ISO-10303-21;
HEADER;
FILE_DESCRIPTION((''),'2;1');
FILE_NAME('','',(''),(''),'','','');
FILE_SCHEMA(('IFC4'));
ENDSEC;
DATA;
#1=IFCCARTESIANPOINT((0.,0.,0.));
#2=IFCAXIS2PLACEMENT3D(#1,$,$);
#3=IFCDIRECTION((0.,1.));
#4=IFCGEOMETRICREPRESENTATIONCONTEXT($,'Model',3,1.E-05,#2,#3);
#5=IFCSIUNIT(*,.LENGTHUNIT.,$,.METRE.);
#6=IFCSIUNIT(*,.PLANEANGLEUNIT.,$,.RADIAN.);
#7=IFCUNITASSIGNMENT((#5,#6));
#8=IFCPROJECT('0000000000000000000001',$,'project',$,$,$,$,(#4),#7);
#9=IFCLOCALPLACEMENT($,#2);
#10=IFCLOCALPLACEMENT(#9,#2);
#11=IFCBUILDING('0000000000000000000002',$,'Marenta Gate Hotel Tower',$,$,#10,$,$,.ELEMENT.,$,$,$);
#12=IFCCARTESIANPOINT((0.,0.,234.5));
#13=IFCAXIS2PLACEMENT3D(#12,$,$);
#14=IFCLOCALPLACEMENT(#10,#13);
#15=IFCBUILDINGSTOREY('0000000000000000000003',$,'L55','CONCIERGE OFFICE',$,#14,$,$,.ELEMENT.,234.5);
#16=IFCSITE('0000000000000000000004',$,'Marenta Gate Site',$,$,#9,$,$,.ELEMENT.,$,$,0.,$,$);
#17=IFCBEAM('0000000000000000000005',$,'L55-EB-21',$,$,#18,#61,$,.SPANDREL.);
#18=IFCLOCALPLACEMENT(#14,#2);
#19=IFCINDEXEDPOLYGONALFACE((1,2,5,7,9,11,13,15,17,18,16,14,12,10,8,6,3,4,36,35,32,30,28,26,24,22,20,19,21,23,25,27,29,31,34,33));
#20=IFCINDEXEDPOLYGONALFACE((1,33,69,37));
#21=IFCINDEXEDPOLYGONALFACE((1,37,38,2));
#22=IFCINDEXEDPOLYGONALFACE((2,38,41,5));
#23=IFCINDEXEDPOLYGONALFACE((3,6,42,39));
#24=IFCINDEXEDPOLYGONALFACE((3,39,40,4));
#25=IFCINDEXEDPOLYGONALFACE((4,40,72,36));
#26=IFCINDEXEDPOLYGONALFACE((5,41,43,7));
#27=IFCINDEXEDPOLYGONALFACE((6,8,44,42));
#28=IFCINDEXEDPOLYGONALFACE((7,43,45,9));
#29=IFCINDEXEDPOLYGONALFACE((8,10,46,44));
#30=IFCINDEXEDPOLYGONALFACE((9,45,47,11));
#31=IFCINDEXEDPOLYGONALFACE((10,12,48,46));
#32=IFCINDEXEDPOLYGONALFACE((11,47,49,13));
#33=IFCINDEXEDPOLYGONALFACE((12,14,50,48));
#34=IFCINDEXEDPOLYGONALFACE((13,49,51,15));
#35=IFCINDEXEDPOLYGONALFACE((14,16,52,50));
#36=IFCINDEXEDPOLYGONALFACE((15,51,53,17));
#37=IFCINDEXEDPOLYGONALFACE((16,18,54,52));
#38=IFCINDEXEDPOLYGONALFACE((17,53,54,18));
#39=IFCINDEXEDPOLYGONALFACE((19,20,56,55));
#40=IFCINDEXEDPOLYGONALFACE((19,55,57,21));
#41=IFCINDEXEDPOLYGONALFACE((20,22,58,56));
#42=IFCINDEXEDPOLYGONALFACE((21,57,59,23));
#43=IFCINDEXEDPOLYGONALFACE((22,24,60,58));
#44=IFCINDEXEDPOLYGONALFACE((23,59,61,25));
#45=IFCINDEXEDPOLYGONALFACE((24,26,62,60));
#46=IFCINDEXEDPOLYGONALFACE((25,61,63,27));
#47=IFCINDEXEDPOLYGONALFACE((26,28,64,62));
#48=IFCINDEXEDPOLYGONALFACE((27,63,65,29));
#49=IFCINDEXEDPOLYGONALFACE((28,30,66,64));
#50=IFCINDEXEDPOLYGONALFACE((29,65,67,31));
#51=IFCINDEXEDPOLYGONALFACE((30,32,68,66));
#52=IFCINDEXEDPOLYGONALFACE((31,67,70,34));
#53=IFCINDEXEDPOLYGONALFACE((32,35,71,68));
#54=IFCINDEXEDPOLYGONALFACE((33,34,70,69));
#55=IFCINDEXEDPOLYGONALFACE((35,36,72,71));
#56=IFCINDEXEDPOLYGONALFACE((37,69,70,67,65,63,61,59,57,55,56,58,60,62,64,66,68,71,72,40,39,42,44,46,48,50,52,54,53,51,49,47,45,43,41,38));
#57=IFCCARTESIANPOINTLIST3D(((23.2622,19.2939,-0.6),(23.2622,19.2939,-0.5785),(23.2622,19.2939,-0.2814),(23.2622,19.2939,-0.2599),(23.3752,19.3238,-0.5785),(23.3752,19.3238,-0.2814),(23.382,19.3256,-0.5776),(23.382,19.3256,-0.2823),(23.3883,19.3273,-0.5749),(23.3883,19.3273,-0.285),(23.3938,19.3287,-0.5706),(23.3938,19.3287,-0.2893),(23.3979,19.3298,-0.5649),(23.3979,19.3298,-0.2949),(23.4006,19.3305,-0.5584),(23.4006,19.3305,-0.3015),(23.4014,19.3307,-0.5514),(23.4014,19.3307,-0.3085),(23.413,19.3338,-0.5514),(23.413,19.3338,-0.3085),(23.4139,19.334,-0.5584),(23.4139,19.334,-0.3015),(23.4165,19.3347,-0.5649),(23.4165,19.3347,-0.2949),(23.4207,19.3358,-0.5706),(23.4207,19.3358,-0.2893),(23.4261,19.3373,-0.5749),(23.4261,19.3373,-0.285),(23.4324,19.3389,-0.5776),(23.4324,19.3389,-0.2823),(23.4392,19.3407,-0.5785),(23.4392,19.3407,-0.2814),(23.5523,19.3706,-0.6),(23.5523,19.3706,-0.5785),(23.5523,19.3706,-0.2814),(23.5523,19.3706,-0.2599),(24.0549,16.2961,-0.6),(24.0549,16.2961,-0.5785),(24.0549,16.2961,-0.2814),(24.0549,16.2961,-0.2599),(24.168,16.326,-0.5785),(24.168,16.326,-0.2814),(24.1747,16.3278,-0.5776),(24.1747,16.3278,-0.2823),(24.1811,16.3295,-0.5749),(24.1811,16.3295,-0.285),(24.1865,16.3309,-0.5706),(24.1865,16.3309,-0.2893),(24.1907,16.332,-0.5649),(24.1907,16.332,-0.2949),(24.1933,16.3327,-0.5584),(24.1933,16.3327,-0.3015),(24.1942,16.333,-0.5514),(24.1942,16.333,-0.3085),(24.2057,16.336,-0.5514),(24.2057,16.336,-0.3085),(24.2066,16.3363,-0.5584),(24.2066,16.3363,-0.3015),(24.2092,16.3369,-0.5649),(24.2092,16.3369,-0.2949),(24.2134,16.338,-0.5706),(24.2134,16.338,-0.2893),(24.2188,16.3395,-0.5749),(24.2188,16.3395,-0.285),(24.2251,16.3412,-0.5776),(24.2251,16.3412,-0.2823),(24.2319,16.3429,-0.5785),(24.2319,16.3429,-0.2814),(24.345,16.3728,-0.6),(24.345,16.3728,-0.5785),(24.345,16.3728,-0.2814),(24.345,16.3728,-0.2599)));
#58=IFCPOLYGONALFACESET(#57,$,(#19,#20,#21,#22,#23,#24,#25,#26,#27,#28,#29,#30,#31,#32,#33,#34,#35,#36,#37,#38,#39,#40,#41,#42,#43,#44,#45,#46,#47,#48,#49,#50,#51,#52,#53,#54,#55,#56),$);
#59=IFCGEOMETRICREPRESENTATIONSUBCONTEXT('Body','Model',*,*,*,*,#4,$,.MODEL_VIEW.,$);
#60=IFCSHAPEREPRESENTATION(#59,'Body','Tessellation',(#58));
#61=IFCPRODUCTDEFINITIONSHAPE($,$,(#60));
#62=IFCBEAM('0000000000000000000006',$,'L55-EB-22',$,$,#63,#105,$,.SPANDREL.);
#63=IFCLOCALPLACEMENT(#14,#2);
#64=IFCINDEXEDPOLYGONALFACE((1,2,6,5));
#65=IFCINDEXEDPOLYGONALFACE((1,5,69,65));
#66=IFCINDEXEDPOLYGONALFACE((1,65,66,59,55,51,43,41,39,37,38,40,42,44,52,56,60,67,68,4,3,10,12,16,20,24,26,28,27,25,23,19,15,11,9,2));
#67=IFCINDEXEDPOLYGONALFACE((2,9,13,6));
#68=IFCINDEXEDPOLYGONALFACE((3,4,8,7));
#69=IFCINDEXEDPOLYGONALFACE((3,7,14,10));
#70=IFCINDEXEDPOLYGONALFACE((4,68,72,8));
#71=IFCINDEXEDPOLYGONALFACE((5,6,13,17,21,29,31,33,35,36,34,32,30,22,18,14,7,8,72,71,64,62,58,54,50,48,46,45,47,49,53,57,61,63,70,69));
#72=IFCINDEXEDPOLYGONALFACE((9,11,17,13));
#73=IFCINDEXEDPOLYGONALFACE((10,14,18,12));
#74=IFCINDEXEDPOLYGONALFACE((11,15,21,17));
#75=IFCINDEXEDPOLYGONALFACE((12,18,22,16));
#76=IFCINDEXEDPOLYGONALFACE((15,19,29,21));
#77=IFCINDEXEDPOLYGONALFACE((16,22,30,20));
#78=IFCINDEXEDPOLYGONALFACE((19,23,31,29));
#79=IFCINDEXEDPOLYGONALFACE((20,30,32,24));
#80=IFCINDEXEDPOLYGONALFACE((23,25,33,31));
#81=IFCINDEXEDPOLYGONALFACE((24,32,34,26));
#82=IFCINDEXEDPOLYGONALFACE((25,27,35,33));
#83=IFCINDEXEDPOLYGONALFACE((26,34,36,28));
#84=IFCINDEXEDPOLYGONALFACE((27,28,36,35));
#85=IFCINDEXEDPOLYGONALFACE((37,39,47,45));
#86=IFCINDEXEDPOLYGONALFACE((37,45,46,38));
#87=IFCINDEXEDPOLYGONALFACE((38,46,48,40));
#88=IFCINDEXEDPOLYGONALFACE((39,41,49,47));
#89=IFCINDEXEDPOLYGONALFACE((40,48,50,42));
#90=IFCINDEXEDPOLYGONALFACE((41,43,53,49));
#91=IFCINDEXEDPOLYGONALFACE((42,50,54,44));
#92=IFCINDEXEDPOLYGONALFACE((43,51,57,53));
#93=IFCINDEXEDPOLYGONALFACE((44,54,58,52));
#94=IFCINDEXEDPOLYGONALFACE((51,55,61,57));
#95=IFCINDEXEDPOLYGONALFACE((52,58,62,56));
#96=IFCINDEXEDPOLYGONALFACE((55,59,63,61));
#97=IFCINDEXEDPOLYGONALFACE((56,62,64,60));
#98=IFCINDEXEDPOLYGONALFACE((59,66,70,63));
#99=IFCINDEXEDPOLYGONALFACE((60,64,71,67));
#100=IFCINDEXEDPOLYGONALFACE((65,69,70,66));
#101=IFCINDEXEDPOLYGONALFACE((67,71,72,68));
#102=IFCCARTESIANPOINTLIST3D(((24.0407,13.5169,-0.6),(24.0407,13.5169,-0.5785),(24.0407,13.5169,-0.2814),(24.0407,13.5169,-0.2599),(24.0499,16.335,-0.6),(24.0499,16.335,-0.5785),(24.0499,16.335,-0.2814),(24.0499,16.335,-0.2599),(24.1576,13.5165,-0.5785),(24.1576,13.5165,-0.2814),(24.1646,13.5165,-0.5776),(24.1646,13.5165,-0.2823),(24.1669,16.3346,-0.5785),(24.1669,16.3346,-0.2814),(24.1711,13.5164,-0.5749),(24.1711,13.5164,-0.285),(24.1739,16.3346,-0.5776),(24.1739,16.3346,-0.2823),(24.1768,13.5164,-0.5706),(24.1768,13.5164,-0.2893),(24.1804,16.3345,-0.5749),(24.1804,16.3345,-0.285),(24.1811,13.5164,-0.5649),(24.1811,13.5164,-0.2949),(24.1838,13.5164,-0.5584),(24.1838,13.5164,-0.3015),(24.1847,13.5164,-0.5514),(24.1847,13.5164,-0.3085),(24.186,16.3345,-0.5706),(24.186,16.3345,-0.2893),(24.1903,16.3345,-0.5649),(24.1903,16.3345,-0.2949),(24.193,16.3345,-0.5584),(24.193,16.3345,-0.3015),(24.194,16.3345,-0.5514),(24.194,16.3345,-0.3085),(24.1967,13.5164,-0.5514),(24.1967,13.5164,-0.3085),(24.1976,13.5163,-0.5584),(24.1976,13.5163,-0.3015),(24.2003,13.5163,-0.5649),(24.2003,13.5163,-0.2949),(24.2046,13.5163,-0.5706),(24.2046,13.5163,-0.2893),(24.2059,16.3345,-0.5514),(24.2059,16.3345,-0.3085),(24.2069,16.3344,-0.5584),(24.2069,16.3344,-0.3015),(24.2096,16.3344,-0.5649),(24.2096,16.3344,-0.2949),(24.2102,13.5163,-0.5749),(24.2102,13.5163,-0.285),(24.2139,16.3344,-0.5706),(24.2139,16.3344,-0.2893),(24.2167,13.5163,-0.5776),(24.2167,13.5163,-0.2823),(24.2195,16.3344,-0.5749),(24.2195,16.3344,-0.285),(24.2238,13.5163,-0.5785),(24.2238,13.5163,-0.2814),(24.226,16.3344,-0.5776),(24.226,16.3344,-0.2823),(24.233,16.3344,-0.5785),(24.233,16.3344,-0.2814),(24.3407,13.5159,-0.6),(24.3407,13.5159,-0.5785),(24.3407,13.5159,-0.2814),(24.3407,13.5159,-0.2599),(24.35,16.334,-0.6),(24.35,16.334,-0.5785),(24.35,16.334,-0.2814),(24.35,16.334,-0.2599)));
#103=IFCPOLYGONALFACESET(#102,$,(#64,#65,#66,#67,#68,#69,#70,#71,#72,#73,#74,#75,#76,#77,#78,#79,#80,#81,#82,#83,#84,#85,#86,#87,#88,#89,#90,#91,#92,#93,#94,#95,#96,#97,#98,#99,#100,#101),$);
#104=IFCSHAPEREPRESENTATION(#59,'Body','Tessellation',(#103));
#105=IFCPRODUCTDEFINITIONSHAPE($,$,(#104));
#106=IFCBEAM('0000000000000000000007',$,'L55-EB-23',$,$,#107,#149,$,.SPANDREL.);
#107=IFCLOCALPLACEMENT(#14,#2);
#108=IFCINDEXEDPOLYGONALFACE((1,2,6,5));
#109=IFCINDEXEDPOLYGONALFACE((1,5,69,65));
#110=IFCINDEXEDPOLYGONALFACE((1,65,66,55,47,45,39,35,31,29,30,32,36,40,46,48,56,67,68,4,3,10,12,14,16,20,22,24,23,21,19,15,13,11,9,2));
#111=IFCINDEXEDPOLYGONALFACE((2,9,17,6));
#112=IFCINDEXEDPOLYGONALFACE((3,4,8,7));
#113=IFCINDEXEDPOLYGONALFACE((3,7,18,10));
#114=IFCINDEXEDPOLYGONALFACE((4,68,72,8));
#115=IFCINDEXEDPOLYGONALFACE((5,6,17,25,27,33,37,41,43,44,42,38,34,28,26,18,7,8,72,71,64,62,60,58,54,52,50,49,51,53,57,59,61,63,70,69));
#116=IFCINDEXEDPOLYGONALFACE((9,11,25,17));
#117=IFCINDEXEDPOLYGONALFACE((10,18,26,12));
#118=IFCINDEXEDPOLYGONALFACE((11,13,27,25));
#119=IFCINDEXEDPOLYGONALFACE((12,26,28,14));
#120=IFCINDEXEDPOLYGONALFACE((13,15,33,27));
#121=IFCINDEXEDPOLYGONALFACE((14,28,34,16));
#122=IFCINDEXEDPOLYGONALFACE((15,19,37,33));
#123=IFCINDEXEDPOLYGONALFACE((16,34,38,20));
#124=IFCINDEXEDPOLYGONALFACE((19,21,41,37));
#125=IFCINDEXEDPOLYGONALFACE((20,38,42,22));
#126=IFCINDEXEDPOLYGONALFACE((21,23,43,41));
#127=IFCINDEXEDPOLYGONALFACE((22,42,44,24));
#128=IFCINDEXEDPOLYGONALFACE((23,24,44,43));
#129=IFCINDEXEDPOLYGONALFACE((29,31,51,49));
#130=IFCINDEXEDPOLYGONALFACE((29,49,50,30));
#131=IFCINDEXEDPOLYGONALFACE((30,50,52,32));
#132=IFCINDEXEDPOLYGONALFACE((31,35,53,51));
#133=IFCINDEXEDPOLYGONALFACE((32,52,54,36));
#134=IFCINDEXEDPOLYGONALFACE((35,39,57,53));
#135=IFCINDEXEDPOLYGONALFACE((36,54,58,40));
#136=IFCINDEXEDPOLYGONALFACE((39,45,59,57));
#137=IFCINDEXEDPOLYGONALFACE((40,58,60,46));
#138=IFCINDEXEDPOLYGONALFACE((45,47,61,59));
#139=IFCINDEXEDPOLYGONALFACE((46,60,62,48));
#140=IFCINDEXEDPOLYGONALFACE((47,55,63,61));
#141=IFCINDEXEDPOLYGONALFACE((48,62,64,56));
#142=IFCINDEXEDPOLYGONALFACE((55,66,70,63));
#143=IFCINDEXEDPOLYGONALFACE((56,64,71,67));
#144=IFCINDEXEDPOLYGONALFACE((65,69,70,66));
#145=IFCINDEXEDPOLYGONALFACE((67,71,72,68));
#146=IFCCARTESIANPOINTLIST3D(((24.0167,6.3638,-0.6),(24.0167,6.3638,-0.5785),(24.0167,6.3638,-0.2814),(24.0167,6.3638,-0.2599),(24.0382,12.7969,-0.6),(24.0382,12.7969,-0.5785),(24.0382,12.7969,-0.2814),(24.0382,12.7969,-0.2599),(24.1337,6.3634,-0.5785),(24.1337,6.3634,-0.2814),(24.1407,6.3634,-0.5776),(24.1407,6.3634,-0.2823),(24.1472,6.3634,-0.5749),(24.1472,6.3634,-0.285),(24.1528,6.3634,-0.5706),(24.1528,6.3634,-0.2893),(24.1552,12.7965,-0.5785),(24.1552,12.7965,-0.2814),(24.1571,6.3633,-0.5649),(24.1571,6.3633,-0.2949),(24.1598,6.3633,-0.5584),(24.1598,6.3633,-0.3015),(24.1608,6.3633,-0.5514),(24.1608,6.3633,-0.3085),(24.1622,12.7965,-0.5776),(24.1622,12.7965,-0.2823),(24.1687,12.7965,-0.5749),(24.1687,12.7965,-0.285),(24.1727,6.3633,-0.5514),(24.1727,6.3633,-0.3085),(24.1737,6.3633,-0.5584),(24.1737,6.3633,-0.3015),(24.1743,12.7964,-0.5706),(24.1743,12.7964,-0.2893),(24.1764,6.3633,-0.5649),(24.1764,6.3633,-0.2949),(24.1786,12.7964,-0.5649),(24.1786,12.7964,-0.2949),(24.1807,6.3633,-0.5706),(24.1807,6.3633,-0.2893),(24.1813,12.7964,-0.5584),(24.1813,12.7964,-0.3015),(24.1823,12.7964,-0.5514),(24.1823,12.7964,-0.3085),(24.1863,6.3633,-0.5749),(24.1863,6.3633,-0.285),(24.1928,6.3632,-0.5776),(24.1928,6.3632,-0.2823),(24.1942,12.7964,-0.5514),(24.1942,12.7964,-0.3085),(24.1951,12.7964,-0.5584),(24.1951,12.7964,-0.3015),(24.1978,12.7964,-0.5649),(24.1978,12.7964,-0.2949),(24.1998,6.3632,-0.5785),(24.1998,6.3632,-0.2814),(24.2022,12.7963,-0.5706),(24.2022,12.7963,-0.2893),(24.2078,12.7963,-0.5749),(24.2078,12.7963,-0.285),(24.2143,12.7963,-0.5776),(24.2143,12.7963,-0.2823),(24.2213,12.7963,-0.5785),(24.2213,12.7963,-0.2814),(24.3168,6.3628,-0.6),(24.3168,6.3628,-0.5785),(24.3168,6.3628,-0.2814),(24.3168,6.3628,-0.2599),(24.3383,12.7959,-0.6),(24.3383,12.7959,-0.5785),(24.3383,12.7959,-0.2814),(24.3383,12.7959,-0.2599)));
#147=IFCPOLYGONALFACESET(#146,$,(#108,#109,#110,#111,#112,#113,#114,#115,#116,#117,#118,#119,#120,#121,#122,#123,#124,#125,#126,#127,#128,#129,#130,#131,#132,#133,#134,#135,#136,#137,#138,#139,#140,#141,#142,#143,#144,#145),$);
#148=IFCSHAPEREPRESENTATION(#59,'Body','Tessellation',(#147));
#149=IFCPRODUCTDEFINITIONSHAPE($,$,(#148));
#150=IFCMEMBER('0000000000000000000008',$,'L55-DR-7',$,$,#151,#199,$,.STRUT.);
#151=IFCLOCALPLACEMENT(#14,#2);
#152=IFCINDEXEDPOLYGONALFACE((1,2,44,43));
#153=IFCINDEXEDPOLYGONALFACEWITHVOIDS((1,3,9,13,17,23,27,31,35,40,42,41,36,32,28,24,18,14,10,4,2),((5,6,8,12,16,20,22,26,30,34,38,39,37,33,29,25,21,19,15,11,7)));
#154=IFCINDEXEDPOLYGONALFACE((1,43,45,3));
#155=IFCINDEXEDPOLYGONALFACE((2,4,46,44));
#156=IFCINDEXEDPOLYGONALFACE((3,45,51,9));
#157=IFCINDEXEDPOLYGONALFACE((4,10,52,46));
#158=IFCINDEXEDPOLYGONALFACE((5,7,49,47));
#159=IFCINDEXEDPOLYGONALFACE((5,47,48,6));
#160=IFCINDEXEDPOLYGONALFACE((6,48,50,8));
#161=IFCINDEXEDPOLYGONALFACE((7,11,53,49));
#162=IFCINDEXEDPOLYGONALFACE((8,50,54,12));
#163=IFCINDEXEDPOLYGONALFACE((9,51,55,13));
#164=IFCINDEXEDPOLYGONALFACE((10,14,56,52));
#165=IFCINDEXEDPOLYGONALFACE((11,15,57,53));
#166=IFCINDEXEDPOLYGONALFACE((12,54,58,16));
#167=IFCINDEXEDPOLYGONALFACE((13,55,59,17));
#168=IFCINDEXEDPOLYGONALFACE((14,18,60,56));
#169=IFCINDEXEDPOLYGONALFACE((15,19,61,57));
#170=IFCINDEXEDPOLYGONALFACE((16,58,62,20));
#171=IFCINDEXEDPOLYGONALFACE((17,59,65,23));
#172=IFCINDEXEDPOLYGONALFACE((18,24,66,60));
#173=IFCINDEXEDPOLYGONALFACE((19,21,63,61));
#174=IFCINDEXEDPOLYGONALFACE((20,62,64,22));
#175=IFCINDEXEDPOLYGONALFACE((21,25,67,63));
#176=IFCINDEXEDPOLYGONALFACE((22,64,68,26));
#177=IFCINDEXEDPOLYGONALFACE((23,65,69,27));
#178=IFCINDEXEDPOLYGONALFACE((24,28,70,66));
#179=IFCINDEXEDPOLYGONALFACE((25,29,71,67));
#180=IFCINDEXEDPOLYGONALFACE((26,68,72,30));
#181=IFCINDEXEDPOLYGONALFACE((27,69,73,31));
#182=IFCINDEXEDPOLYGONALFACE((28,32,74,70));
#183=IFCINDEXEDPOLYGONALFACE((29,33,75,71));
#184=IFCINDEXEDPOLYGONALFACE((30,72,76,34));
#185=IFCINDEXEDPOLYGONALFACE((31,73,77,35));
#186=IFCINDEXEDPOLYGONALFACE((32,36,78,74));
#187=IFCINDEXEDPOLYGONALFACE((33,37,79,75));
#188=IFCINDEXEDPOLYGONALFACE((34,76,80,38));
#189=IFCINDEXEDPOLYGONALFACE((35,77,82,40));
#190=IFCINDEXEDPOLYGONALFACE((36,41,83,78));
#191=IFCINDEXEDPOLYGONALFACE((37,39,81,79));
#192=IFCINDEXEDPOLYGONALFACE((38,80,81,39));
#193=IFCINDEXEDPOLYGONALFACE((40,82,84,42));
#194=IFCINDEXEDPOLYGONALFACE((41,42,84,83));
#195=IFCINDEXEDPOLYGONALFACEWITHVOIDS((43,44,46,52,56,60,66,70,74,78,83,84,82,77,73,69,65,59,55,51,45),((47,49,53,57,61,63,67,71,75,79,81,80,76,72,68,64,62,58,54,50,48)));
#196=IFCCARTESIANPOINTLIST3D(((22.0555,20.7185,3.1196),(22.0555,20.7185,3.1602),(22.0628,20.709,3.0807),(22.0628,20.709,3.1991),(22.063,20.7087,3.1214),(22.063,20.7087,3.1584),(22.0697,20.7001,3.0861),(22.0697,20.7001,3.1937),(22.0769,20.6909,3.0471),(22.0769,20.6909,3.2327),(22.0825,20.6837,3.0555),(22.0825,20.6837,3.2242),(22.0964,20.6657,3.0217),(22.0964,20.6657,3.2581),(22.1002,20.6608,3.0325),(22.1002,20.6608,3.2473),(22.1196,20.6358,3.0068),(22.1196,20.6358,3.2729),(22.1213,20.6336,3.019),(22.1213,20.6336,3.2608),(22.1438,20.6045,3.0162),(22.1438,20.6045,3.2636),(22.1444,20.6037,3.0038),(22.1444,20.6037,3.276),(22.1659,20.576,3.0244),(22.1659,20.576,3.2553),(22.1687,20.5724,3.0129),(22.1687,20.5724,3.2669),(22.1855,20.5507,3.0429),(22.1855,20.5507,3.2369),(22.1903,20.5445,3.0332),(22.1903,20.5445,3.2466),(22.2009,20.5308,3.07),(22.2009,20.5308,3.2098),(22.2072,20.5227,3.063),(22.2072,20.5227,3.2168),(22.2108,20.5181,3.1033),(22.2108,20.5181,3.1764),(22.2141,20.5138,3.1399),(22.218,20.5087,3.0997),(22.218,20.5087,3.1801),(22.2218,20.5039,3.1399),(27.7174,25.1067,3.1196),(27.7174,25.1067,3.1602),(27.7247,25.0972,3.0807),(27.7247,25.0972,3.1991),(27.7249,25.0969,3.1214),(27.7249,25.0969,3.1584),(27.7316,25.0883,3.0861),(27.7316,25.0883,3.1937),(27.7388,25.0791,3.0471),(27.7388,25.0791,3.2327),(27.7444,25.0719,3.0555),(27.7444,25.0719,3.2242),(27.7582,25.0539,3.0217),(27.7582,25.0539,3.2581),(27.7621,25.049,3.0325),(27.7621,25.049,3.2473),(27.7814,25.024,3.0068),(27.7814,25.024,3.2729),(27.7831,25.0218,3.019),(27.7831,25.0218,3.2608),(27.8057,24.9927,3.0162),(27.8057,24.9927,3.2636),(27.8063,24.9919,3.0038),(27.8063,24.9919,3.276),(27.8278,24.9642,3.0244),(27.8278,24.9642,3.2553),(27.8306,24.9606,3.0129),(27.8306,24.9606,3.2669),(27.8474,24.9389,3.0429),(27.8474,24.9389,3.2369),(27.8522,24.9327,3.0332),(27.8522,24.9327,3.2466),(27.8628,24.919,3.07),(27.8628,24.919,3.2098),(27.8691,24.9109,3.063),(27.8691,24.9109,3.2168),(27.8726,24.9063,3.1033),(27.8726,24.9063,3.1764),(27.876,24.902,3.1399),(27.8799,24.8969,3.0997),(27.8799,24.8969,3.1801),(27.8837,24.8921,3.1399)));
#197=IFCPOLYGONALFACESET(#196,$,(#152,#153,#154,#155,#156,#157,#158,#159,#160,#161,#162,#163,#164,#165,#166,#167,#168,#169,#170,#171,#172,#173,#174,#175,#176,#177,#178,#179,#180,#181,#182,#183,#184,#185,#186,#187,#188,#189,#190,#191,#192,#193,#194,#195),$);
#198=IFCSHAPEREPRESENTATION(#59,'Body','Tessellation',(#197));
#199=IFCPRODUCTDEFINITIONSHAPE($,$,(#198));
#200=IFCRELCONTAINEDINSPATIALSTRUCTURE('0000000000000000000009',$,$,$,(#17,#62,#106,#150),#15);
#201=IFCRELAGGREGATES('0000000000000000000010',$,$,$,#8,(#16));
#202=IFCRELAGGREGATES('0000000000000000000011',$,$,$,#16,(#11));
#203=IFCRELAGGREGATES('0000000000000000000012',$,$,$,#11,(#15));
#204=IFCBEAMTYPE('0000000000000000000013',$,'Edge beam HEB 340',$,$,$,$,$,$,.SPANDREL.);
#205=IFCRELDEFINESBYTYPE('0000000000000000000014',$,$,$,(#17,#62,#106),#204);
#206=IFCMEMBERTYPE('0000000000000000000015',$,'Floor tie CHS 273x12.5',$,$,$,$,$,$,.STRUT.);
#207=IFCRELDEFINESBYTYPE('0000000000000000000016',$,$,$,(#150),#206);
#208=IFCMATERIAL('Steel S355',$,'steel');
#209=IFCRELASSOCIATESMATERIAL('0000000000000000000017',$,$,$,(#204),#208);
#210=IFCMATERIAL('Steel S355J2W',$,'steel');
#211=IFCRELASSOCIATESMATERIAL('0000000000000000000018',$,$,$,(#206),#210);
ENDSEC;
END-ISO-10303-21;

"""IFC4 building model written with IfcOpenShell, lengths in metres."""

from ifc_helpers import new_model, si_unit, direction, frame, origin, origin_2d, place, context, subcontext, project, spatial, hollow_circle, i_section, extrude, material, material_profile, profile_set, type_object, element, save


model = new_model("IFC4")

# Units and contexts
model_context = context("Model", 3, precision=1e-05, world=origin(), true_north=direction((0.0, 1.0)))
body_context = subcontext(model_context, "Body", "Model", "MODEL_VIEW")
ifc_project = project(units=[si_unit("LENGTHUNIT", "METRE"), si_unit("PLANEANGLEUNIT", "RADIAN")], contexts=[model_context])

# Site, building, storey
site_placement = place(None, origin())
site = spatial("IfcSite", under=ifc_project, at=site_placement, Name="Marenta Gate Site", CompositionType="ELEMENT", RefElevation=0.0)
building_placement = place(site_placement, origin())
building = spatial("IfcBuilding", under=site, at=building_placement, Name="Marenta Gate Hotel Tower", CompositionType="ELEMENT")
storey_placement = place(building_placement, frame((0.0, 0.0, 234.5)))
storey = spatial("IfcBuildingStorey", under=building, at=storey_placement, Name="L55", Description="CONCIERGE OFFICE", CompositionType="ELEMENT", Elevation=234.5)

# Beams
ifc_material_1 = material(Name="Steel S355", Category="steel")
ifc_material_profile_1 = material_profile(ifc_material_1, i_section(OverallWidth=0.3, OverallDepth=0.3401, WebThickness=0.012, FlangeThickness=0.0215, FilletRadius=0.0271, at=origin_2d()), Name="HEB 340")
ifc_profile_set_1 = profile_set([ifc_material_profile_1], Name="Steel S355")
beam_type = type_object("IfcBeamType", Name="Edge beam HEB 340", PredefinedType="SPANDREL", material=ifc_profile_set_1)
beam_1_placement = place(storey_placement, frame((23.4072, 19.3323, -0.4299), z_axis=(0.255648, -0.96677, 0.0), x_axis=(0.96677, 0.255648, 0.0)))
element("IfcBeam", 1, at=beam_1_placement, inside=storey, type_object=beam_type, Name="L55-EB-21", PredefinedType="SPANDREL", context=body_context, shape_type="SweptSolid", body=[
    extrude(i_section(OverallWidth=0.3, OverallDepth=0.3401, WebThickness=0.012, FlangeThickness=0.0215, FilletRadius=0.0271, at=origin_2d()), origin(), (0.0, 0.0, 1.0), 3.1008),
])
beam_2_placement = place(storey_placement, frame((24.2, 16.3345, -0.4299), z_axis=(-0.003292, -0.999995, 0.0), x_axis=(0.999995, -0.003292, 0.0)))
element("IfcBeam", 2, at=beam_2_placement, inside=storey, type_object=beam_type, Name="L55-EB-22", PredefinedType="SPANDREL", context=body_context, shape_type="SweptSolid", body=[
    extrude(i_section(OverallWidth=0.3, OverallDepth=0.3401, WebThickness=0.012, FlangeThickness=0.0215, FilletRadius=0.0271, at=origin_2d()), origin(), (0.0, 0.0, 1.0), 2.8181),
])
beam_3_placement = place(storey_placement, frame((24.1882, 12.7964, -0.4299), z_axis=(-0.00334, -0.999994, 0.0), x_axis=(0.999994, -0.00334, 0.0)))
element("IfcBeam", 3, at=beam_3_placement, inside=storey, type_object=beam_type, Name="L55-EB-23", PredefinedType="SPANDREL", context=body_context, shape_type="SweptSolid", body=[
    extrude(i_section(OverallWidth=0.3, OverallDepth=0.3401, WebThickness=0.012, FlangeThickness=0.0215, FilletRadius=0.0271, at=origin_2d()), origin(), (0.0, 0.0, 1.0), 6.4331),
])

# Member
ifc_material_2 = material(Name="Steel S355J2W", Category="steel")
ifc_material_profile_2 = material_profile(ifc_material_2, hollow_circle(Radius=0.1365, WallThickness=0.0125, at=origin_2d()), Name="CHS 273x12.5")
ifc_profile_set_2 = profile_set([ifc_material_profile_2], Name="Steel S355J2W")
member_type_1 = type_object("IfcMemberType", Name="Floor tie CHS 273x12.5", PredefinedType="STRUT", material=ifc_profile_set_2)
member_1_placement = place(storey_placement, frame((27.8, 25.0, 3.1399), z_axis=(-0.790399, -0.612592, 0.0), x_axis=(0.612592, -0.790399, 0.0)))
element("IfcMember", 4, at=member_1_placement, inside=storey, type_object=member_type_1, Name="L55-DR-7", PredefinedType="STRUT", context=body_context, shape_type="SweptSolid", body=[
    extrude(hollow_circle(Radius=0.1365, WallThickness=0.0125, at=origin_2d()), origin(), (0.0, 0.0, 1.0), 7.1633),
])

save(model, "model.ifc")
